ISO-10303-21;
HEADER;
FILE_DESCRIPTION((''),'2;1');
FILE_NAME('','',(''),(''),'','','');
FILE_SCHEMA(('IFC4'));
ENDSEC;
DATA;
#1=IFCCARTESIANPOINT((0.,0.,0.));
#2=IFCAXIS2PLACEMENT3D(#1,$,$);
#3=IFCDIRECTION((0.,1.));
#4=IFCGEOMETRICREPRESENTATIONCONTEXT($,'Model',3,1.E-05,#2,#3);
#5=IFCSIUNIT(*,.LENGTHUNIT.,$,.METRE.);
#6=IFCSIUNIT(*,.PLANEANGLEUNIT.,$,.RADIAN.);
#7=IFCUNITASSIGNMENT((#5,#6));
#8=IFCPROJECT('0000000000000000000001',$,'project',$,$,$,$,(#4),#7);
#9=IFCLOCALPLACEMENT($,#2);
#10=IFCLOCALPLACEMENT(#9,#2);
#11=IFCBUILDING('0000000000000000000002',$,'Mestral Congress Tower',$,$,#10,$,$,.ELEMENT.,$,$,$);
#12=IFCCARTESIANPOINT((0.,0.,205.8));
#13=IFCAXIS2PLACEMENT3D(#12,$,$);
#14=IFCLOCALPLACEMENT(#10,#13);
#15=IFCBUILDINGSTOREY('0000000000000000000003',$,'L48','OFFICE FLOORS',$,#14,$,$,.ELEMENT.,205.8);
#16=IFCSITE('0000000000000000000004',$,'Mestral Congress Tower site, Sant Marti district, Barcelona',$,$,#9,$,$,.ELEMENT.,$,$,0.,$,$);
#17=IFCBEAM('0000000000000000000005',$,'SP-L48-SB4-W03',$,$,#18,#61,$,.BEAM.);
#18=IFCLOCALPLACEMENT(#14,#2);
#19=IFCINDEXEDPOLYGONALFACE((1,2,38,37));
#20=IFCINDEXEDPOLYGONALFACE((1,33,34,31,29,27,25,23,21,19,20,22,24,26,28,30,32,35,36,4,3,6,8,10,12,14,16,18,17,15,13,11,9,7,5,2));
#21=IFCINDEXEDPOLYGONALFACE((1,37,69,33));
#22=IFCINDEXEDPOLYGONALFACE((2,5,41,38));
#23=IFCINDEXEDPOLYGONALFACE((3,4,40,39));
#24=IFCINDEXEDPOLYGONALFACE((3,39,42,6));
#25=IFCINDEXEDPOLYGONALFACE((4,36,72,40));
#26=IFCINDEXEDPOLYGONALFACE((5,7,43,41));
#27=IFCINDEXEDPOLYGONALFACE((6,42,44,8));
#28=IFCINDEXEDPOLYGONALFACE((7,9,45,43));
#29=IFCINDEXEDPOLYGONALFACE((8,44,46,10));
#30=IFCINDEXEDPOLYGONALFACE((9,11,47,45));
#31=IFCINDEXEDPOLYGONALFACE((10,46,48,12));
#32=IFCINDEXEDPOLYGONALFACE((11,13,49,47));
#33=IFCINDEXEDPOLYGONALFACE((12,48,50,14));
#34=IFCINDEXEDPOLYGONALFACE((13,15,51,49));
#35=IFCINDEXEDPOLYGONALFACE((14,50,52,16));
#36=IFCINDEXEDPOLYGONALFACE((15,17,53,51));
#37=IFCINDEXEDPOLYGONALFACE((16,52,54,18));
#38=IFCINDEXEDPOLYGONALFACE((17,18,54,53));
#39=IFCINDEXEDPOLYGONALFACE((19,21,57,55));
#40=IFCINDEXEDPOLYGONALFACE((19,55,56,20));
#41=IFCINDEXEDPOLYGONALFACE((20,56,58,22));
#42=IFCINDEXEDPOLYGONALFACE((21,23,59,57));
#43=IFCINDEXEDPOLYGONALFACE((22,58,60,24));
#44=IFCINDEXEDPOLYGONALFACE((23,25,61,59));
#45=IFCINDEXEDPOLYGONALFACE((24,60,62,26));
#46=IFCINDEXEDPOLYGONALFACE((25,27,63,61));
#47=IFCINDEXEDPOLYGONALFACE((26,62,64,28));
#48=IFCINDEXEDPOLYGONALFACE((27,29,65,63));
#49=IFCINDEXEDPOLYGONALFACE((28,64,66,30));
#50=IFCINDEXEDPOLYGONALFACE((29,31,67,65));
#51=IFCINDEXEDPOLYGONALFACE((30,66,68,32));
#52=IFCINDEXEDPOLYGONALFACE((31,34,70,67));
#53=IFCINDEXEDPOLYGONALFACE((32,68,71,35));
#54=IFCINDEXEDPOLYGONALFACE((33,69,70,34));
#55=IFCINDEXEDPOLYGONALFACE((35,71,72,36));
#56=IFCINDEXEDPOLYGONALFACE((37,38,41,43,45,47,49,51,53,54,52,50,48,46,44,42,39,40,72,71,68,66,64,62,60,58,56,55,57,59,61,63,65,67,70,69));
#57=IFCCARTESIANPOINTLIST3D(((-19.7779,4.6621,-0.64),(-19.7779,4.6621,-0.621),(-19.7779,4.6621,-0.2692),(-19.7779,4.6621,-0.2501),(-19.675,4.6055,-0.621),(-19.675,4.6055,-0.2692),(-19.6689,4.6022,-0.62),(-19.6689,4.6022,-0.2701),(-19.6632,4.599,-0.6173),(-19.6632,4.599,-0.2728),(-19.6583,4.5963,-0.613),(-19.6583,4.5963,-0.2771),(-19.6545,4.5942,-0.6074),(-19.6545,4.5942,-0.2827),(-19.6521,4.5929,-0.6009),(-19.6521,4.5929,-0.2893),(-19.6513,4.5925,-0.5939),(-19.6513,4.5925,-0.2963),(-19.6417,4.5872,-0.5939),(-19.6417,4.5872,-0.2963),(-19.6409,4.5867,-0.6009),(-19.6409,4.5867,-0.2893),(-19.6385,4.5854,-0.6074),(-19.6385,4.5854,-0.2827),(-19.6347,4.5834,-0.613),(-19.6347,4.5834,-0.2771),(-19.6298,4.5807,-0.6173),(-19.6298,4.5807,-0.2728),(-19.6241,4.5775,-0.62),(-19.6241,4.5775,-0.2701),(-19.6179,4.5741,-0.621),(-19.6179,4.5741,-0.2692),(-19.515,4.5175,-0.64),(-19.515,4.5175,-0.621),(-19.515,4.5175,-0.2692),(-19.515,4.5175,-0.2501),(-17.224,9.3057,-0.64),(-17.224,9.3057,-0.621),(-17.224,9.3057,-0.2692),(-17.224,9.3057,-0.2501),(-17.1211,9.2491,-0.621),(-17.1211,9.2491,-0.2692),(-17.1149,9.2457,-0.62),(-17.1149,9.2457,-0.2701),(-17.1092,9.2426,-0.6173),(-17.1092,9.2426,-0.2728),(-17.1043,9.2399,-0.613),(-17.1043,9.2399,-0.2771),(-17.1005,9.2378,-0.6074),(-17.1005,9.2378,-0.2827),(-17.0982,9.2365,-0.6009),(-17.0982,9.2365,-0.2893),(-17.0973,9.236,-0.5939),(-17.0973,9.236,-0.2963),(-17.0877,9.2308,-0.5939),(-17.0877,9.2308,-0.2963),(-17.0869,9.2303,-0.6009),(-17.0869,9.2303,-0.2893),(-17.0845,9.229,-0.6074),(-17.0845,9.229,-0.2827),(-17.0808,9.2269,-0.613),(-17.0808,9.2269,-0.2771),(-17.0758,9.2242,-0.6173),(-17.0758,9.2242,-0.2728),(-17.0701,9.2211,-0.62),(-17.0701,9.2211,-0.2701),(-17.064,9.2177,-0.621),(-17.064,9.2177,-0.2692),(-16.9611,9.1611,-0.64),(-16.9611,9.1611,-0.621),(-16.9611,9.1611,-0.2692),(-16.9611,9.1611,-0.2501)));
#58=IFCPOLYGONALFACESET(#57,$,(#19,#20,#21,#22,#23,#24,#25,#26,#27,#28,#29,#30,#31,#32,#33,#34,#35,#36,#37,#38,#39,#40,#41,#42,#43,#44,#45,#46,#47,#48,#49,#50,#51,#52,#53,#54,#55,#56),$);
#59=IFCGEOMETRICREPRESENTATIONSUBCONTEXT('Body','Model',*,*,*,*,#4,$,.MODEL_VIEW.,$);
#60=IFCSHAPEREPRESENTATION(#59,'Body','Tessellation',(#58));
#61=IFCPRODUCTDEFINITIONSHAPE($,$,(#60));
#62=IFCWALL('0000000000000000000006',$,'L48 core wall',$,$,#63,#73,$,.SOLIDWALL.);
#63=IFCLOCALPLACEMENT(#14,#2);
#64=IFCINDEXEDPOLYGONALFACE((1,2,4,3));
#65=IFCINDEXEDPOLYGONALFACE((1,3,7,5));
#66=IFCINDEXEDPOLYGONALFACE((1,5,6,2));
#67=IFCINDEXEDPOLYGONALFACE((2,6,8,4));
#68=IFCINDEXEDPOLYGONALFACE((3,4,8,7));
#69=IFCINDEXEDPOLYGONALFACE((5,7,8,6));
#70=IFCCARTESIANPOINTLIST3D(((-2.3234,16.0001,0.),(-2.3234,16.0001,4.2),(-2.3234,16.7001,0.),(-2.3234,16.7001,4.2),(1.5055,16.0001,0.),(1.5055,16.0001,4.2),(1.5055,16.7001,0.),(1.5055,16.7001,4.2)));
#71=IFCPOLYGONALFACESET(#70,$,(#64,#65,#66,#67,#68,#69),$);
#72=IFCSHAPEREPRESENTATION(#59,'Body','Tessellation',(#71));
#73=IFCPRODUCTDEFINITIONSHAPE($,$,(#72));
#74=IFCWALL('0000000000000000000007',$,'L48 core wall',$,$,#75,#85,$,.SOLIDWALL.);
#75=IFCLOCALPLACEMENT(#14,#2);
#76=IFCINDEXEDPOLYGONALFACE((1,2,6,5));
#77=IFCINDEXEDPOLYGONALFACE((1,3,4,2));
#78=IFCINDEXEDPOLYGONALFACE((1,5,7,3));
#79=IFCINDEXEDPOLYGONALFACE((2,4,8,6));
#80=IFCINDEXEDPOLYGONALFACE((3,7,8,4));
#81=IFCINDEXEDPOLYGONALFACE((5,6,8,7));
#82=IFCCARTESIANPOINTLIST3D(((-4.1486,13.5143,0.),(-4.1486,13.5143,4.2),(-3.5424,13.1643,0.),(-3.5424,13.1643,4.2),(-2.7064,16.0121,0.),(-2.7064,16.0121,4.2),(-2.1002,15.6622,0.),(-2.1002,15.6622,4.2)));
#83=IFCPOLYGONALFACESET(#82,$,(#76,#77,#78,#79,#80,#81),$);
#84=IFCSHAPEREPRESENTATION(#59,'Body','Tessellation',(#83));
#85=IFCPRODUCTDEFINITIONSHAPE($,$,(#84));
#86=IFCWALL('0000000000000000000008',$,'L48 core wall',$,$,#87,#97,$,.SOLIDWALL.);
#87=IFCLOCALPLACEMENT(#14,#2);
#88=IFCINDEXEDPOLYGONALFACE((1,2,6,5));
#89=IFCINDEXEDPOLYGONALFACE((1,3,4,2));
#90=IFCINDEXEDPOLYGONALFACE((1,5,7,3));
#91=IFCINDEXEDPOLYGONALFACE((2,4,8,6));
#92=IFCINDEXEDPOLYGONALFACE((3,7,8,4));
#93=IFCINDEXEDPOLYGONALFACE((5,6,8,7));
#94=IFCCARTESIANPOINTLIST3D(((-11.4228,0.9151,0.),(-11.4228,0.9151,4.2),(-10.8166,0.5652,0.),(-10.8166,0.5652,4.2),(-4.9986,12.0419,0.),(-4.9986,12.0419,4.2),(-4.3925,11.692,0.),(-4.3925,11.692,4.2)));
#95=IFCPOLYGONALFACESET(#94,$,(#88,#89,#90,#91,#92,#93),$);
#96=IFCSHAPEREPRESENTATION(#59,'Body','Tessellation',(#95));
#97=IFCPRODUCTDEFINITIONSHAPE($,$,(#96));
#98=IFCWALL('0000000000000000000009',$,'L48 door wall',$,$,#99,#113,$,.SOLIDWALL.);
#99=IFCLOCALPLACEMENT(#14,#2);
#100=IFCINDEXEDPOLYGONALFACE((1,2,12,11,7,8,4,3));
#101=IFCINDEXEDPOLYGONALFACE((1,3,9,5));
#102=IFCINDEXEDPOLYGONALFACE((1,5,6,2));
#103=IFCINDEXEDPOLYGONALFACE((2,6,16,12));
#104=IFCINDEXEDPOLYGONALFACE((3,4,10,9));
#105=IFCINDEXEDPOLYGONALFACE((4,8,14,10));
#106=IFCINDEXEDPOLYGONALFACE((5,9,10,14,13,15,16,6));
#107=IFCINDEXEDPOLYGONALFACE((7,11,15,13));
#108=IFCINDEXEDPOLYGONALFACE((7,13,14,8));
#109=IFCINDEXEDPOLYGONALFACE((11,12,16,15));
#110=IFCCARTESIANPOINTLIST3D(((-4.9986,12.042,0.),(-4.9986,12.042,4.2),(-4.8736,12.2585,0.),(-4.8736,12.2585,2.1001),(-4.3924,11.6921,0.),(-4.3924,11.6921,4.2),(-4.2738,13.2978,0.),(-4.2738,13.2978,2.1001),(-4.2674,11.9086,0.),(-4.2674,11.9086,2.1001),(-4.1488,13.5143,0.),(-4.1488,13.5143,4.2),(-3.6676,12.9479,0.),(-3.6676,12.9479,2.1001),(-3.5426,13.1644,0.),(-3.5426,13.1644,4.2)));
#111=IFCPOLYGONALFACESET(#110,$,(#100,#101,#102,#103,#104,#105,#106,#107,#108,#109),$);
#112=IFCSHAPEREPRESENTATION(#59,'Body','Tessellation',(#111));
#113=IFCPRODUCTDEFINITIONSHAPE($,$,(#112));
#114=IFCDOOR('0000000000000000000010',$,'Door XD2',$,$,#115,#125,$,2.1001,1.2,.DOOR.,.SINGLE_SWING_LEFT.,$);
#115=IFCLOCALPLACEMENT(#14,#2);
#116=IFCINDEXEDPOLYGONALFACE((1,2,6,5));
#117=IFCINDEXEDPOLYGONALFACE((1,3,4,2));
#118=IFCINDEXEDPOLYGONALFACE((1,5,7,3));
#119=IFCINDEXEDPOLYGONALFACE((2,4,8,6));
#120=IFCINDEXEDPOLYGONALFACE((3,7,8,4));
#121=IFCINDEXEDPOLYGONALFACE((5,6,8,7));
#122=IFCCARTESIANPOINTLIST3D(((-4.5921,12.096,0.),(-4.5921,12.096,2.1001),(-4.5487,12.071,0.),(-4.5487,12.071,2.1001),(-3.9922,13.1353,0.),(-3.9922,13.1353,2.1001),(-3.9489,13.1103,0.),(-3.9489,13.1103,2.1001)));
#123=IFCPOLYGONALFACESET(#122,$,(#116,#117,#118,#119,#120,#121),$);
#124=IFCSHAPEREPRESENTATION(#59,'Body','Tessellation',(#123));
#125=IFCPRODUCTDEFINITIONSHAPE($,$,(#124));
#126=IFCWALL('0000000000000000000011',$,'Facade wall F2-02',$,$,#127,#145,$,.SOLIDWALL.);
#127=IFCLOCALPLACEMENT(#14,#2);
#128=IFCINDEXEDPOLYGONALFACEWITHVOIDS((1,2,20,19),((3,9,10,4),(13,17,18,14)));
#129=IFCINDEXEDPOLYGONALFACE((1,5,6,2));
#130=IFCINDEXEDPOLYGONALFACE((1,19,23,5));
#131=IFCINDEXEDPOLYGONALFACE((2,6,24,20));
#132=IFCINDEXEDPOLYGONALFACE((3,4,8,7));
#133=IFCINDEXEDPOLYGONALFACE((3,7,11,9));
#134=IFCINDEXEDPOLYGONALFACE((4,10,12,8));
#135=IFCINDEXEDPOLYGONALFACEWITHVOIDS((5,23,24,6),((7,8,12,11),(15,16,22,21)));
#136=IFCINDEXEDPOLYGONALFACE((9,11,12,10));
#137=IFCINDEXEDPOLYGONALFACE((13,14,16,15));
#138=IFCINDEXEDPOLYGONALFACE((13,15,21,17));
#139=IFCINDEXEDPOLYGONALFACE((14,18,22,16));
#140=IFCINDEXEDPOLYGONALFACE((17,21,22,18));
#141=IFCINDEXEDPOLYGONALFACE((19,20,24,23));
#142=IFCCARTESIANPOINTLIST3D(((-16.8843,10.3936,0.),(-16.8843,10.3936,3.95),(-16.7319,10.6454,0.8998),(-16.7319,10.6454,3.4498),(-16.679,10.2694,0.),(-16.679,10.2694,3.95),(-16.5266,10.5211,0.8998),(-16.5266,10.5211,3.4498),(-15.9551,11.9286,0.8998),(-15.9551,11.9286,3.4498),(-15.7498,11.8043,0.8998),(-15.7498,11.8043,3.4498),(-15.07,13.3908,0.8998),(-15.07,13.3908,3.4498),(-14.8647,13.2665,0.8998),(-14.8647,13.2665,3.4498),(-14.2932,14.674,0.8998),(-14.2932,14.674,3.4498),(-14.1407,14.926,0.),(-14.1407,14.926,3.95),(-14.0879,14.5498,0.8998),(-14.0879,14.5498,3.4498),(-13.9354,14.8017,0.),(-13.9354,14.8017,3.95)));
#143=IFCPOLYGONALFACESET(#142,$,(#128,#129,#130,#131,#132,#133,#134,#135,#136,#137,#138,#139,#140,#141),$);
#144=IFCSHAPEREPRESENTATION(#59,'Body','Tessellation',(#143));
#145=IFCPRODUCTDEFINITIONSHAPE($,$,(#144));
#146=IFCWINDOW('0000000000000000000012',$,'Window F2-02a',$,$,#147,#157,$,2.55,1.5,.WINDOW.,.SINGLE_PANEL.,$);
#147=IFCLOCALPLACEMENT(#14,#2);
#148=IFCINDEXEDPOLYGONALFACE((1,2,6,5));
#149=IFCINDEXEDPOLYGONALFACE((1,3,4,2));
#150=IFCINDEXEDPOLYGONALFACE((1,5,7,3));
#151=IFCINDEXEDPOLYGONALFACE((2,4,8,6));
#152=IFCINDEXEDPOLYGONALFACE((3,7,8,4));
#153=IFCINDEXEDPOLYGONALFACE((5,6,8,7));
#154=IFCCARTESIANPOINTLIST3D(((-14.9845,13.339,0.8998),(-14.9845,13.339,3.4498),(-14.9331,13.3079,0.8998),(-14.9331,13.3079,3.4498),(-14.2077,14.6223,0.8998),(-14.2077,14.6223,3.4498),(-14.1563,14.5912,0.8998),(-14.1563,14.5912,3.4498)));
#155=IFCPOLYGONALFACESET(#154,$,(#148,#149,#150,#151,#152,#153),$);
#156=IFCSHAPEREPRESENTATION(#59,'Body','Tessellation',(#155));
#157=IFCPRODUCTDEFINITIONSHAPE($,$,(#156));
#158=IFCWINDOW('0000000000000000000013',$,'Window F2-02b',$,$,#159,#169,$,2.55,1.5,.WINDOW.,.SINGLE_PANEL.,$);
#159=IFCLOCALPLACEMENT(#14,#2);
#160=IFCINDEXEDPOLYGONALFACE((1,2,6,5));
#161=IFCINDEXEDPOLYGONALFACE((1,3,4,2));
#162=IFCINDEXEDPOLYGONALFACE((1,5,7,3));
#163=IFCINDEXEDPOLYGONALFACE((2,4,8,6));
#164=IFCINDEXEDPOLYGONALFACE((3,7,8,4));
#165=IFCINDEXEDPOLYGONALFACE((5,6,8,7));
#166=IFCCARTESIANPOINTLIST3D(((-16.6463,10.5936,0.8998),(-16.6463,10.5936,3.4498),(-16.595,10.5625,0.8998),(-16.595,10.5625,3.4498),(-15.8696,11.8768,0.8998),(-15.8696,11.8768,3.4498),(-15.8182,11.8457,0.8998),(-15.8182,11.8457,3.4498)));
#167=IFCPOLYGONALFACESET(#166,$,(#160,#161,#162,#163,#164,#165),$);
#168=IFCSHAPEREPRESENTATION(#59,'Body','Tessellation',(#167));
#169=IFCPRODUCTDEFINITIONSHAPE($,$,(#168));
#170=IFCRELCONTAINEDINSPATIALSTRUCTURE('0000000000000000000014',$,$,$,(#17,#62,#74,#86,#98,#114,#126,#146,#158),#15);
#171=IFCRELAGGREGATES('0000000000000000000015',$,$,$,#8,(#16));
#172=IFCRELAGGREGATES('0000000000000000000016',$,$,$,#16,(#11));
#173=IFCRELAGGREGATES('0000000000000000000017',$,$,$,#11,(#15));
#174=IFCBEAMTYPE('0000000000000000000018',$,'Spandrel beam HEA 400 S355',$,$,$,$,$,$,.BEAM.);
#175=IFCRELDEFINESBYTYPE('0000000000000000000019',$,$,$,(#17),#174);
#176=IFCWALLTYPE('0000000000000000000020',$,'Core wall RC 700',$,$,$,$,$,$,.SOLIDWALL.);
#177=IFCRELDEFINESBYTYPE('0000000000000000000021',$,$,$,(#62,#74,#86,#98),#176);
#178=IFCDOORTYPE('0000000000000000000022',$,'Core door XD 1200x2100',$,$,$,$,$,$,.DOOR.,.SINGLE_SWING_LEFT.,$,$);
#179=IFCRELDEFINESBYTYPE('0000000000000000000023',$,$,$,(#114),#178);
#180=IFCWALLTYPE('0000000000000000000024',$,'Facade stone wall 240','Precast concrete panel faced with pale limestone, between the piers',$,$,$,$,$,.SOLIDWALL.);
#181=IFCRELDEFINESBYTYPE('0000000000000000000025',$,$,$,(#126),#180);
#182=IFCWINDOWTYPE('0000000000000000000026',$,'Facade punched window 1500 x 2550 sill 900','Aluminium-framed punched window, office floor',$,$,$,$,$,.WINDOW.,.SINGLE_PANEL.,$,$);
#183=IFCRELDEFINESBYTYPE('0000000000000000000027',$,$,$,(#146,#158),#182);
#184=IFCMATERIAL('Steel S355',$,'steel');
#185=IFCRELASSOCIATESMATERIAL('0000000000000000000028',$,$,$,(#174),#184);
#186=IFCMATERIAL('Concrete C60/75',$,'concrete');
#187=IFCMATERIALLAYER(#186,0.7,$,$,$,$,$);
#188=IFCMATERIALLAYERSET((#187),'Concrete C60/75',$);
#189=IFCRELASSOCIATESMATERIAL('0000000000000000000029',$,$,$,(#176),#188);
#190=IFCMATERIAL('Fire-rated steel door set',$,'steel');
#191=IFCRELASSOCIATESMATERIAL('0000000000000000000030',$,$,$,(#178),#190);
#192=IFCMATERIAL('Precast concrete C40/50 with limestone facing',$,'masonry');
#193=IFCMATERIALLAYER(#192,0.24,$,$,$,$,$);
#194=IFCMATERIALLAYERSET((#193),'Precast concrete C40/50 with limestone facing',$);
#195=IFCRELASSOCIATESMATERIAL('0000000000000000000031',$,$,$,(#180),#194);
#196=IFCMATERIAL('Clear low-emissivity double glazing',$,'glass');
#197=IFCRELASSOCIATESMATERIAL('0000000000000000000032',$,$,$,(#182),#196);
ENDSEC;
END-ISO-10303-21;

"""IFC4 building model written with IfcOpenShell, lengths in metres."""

from ifc_helpers import new_model, si_unit, direction, frame, frame_2d, origin, origin_2d, place, context, subcontext, project, spatial, rectangle, i_section, extrude, material, layer, layer_set, material_profile, profile_set, type_object, element, fill, save


model = new_model("IFC4")

# Units and contexts
model_context = context("Model", 3, precision=1e-05, world=origin(), true_north=direction((0.0, 1.0)))
body_context = subcontext(model_context, "Body", "Model", "MODEL_VIEW")
ifc_project = project(units=[si_unit("LENGTHUNIT", "METRE"), si_unit("PLANEANGLEUNIT", "RADIAN")], contexts=[model_context])

# Site, building, storey
site_placement = place(None, origin())
site = spatial("IfcSite", under=ifc_project, at=site_placement, Name="Mestral Congress Tower site, Sant Marti district, Barcelona", CompositionType="ELEMENT", RefElevation=0.0)
building_placement = place(site_placement, origin())
building = spatial("IfcBuilding", under=site, at=building_placement, Name="Mestral Congress Tower", CompositionType="ELEMENT")
storey_placement = place(building_placement, frame((0.0, 0.0, 205.8)))
storey = spatial("IfcBuildingStorey", under=building, at=storey_placement, Name="L48", Description="OFFICE FLOORS", CompositionType="ELEMENT", Elevation=205.8)

# Shared definitions
ifc_material_1 = material(Name="Concrete C60/75", Category="concrete")

# Beam
ifc_material_2 = material(Name="Steel S355", Category="steel")
ifc_material_profile_1 = material_profile(ifc_material_2, i_section(OverallWidth=0.3, OverallDepth=0.3899, WebThickness=0.011, FlangeThickness=0.019, FilletRadius=0.0271, at=origin_2d()), Name="HEA 400")
ifc_profile_set_1 = profile_set([ifc_material_profile_1], Name="Steel S355")
beam_type_1 = type_object("IfcBeamType", Name="Spandrel beam HEA 400 S355", PredefinedType="BEAM", material=ifc_profile_set_1)
beam_1_placement = place(storey_placement, frame((-17.0925, 9.2334, -0.4451), z_axis=(-0.481919, -0.876216, 0.0), x_axis=(0.876216, -0.481919, 0.0)))
element("IfcBeam", 1, at=beam_1_placement, inside=storey, type_object=beam_type_1, Name="SP-L48-SB4-W03", PredefinedType="BEAM", context=body_context, shape_type="SweptSolid", body=[
    extrude(i_section(OverallWidth=0.3, OverallDepth=0.3899, WebThickness=0.011, FlangeThickness=0.019, FilletRadius=0.0271, at=origin_2d()), origin(), (0.0, 0.0, 1.0), 5.2996),
])

# Walls
ifc_layer_1 = layer(ifc_material_1, 0.7)
ifc_layer_set_1 = layer_set([ifc_layer_1], Name="Concrete C60/75")
wall_type_1 = type_object("IfcWallType", Name="Core wall RC 700", PredefinedType="SOLIDWALL", material=ifc_layer_set_1)
wall_1_placement = place(storey_placement, frame((-2.3235, 16.3501, 0.0), z_axis=(0.0, 0.0, 1.0), x_axis=(1.0, 0.0, 0.0)))
element("IfcWall", 2, at=wall_1_placement, inside=storey, type_object=wall_type_1, Name="L48 core wall", PredefinedType="SOLIDWALL", context=body_context, shape_type="SweptSolid", body=[
    extrude(rectangle(XDim=3.8289, YDim=0.7, at=frame_2d((1.9146, 0.0))), origin(), (0.0, 0.0, 1.0), 4.2),
])
wall_2_placement = place(storey_placement, frame((-2.4033, 15.8372, 0.0), z_axis=(0.0, 0.0, 1.0), x_axis=(-0.500008, -0.866021, 0.0)))
element("IfcWall", 3, at=wall_2_placement, inside=storey, type_object=wall_type_1, Name="L48 core wall", PredefinedType="SOLIDWALL", context=body_context, shape_type="SweptSolid", body=[
    extrude(rectangle(XDim=2.8843, YDim=0.7, at=frame_2d((1.4421, 0.0))), origin(), (0.0, 0.0, 1.0), 4.2),
])
wall_3_placement = place(storey_placement, frame((-4.6956, 11.8669, 0.0), z_axis=(0.0, 0.0, 1.0), x_axis=(-0.500004, -0.866023, 0.0)))
element("IfcWall", 4, at=wall_3_placement, inside=storey, type_object=wall_type_1, Name="L48 core wall", PredefinedType="SOLIDWALL", context=body_context, shape_type="SweptSolid", body=[
    extrude(rectangle(XDim=12.8481, YDim=0.7, at=frame_2d((6.4241, 0.0))), origin(), (0.0, 0.0, 1.0), 4.2),
])

# Wall, opening, door
wall_4_placement = place(storey_placement, frame((-4.6956, 11.8669, 0.0), z_axis=(0.0, 0.0, 1.0), x_axis=(0.499892, 0.866088, 0.0)))
wall_4 = element("IfcWall", 5, at=wall_4_placement, inside=storey, type_object=wall_type_1, Name="L48 door wall", PredefinedType="SOLIDWALL", context=body_context, shape_type="SweptSolid", body=[
    extrude(rectangle(XDim=1.7, YDim=0.7, at=frame_2d((0.8501, 0.0))), origin(), (0.0, 0.0, 1.0), 4.2),
])
opening_1_placement = place(wall_4_placement, frame((0.25, 0.0, 0.0)))
opening_1 = element("IfcOpeningElement", 6, at=opening_1_placement, cuts=wall_4, PredefinedType="OPENING", context=body_context, shape_type="SweptSolid", body=[
    extrude(rectangle(XDim=1.2, YDim=2.1001, at=frame_2d((0.6001, 1.05))), frame((0.0, 0.3599, 0.0), z_axis=(0.0, -1.0, 0.0), x_axis=(1.0, 0.0, 0.0)), (0.0, 0.0, 1.0), 0.72),
])
ifc_material_3 = material(Name="Fire-rated steel door set", Category="steel")
door_type_1 = type_object("IfcDoorType", Name="Core door XD 1200x2100", OperationType="SINGLE_SWING_LEFT", PredefinedType="DOOR", material=ifc_material_3)
door_1_placement = place(opening_1_placement, origin())
door_1 = element("IfcDoor", 7, at=door_1_placement, inside=storey, type_object=door_type_1, Name="Door XD2", OperationType="SINGLE_SWING_LEFT", OverallHeight=2.1001, OverallWidth=1.2, PredefinedType="DOOR", context=body_context, shape_type="SweptSolid", body=[
    extrude(rectangle(XDim=1.2, YDim=2.1001, at=frame_2d((0.6001, 1.05))), frame((0.0, 0.0249, 0.0), z_axis=(0.0, -1.0, 0.0), x_axis=(1.0, 0.0, 0.0)), (0.0, 0.0, 1.0), 0.05),
])
fill(opening_1, door_1)

# Wall, openings, windows
ifc_material_4 = material(Name="Precast concrete C40/50 with limestone facing", Category="masonry")
ifc_layer_2 = layer(ifc_material_4, 0.24)
ifc_layer_set_2 = layer_set([ifc_layer_2], Name="Precast concrete C40/50 with limestone facing")
wall_type_2 = type_object("IfcWallType", Name="Facade stone wall 240", Description="Precast concrete panel faced with pale limestone, between the piers", PredefinedType="SOLIDWALL", material=ifc_layer_set_2)
wall_5_placement = place(storey_placement, frame((-14.0381, 14.8638, 0.0), z_axis=(0.0, 0.0, 1.0), x_axis=(-0.517846, -0.855474, 0.0)))
wall_5 = element("IfcWall", 8, at=wall_5_placement, inside=storey, type_object=wall_type_2, Name="Facade wall F2-02", PredefinedType="SOLIDWALL", context=body_context, shape_type="SweptSolid", body=[
    extrude(rectangle(XDim=5.2981, YDim=0.24, at=frame_2d((2.6489, 0.0))), origin(), (0.0, 0.0, 1.0), 3.95),
])
opening_2_placement = place(wall_5_placement, frame((0.2944, 0.0, 0.8999)))
opening_2 = element("IfcOpeningElement", 9, at=opening_2_placement, cuts=wall_5, PredefinedType="OPENING", context=body_context, shape_type="SweptSolid", body=[
    extrude(rectangle(XDim=1.5, YDim=2.55, at=frame_2d((0.75, 1.2749))), frame((0.0, 0.1299, 0.0), z_axis=(0.0, -1.0, 0.0), x_axis=(1.0, 0.0, 0.0)), (0.0, 0.0, 1.0), 0.26),
])
opening_3_placement = place(wall_5_placement, frame((3.5037, 0.0, 0.8999)))
opening_3 = element("IfcOpeningElement", 10, at=opening_3_placement, cuts=wall_5, PredefinedType="OPENING", context=body_context, shape_type="SweptSolid", body=[
    extrude(rectangle(XDim=1.5, YDim=2.55, at=frame_2d((0.75, 1.2749))), frame((0.0, 0.1299, 0.0), z_axis=(0.0, -1.0, 0.0), x_axis=(1.0, 0.0, 0.0)), (0.0, 0.0, 1.0), 0.26),
])
ifc_material_5 = material(Name="Clear low-emissivity double glazing", Category="glass")
window_type = type_object("IfcWindowType", Name="Facade punched window 1500 x 2550 sill 900", Description="Aluminium-framed punched window, office floor", PartitioningType="SINGLE_PANEL", PredefinedType="WINDOW", material=ifc_material_5)
window_1_placement = place(opening_2_placement, origin())
window_1 = element("IfcWindow", 11, at=window_1_placement, inside=storey, type_object=window_type, Name="Window F2-02a", OverallHeight=2.55, OverallWidth=1.5, PartitioningType="SINGLE_PANEL", PredefinedType="WINDOW", context=body_context, shape_type="SweptSolid", body=[
    extrude(rectangle(XDim=1.5, YDim=2.55, at=frame_2d((0.75, 1.2749))), frame((0.0, 0.04, 0.0), z_axis=(0.0, -1.0, 0.0), x_axis=(1.0, 0.0, 0.0)), (0.0, 0.0, 1.0), 0.0601),
])
fill(opening_2, window_1)
window_2_placement = place(opening_3_placement, origin())
window_2 = element("IfcWindow", 12, at=window_2_placement, inside=storey, type_object=window_type, Name="Window F2-02b", OverallHeight=2.55, OverallWidth=1.5, PartitioningType="SINGLE_PANEL", PredefinedType="WINDOW", context=body_context, shape_type="SweptSolid", body=[
    extrude(rectangle(XDim=1.5, YDim=2.55, at=frame_2d((0.75, 1.2749))), frame((0.0, 0.04, 0.0), z_axis=(0.0, -1.0, 0.0), x_axis=(1.0, 0.0, 0.0)), (0.0, 0.0, 1.0), 0.0601),
])
fill(opening_3, window_2)

save(model, "model.ifc")
